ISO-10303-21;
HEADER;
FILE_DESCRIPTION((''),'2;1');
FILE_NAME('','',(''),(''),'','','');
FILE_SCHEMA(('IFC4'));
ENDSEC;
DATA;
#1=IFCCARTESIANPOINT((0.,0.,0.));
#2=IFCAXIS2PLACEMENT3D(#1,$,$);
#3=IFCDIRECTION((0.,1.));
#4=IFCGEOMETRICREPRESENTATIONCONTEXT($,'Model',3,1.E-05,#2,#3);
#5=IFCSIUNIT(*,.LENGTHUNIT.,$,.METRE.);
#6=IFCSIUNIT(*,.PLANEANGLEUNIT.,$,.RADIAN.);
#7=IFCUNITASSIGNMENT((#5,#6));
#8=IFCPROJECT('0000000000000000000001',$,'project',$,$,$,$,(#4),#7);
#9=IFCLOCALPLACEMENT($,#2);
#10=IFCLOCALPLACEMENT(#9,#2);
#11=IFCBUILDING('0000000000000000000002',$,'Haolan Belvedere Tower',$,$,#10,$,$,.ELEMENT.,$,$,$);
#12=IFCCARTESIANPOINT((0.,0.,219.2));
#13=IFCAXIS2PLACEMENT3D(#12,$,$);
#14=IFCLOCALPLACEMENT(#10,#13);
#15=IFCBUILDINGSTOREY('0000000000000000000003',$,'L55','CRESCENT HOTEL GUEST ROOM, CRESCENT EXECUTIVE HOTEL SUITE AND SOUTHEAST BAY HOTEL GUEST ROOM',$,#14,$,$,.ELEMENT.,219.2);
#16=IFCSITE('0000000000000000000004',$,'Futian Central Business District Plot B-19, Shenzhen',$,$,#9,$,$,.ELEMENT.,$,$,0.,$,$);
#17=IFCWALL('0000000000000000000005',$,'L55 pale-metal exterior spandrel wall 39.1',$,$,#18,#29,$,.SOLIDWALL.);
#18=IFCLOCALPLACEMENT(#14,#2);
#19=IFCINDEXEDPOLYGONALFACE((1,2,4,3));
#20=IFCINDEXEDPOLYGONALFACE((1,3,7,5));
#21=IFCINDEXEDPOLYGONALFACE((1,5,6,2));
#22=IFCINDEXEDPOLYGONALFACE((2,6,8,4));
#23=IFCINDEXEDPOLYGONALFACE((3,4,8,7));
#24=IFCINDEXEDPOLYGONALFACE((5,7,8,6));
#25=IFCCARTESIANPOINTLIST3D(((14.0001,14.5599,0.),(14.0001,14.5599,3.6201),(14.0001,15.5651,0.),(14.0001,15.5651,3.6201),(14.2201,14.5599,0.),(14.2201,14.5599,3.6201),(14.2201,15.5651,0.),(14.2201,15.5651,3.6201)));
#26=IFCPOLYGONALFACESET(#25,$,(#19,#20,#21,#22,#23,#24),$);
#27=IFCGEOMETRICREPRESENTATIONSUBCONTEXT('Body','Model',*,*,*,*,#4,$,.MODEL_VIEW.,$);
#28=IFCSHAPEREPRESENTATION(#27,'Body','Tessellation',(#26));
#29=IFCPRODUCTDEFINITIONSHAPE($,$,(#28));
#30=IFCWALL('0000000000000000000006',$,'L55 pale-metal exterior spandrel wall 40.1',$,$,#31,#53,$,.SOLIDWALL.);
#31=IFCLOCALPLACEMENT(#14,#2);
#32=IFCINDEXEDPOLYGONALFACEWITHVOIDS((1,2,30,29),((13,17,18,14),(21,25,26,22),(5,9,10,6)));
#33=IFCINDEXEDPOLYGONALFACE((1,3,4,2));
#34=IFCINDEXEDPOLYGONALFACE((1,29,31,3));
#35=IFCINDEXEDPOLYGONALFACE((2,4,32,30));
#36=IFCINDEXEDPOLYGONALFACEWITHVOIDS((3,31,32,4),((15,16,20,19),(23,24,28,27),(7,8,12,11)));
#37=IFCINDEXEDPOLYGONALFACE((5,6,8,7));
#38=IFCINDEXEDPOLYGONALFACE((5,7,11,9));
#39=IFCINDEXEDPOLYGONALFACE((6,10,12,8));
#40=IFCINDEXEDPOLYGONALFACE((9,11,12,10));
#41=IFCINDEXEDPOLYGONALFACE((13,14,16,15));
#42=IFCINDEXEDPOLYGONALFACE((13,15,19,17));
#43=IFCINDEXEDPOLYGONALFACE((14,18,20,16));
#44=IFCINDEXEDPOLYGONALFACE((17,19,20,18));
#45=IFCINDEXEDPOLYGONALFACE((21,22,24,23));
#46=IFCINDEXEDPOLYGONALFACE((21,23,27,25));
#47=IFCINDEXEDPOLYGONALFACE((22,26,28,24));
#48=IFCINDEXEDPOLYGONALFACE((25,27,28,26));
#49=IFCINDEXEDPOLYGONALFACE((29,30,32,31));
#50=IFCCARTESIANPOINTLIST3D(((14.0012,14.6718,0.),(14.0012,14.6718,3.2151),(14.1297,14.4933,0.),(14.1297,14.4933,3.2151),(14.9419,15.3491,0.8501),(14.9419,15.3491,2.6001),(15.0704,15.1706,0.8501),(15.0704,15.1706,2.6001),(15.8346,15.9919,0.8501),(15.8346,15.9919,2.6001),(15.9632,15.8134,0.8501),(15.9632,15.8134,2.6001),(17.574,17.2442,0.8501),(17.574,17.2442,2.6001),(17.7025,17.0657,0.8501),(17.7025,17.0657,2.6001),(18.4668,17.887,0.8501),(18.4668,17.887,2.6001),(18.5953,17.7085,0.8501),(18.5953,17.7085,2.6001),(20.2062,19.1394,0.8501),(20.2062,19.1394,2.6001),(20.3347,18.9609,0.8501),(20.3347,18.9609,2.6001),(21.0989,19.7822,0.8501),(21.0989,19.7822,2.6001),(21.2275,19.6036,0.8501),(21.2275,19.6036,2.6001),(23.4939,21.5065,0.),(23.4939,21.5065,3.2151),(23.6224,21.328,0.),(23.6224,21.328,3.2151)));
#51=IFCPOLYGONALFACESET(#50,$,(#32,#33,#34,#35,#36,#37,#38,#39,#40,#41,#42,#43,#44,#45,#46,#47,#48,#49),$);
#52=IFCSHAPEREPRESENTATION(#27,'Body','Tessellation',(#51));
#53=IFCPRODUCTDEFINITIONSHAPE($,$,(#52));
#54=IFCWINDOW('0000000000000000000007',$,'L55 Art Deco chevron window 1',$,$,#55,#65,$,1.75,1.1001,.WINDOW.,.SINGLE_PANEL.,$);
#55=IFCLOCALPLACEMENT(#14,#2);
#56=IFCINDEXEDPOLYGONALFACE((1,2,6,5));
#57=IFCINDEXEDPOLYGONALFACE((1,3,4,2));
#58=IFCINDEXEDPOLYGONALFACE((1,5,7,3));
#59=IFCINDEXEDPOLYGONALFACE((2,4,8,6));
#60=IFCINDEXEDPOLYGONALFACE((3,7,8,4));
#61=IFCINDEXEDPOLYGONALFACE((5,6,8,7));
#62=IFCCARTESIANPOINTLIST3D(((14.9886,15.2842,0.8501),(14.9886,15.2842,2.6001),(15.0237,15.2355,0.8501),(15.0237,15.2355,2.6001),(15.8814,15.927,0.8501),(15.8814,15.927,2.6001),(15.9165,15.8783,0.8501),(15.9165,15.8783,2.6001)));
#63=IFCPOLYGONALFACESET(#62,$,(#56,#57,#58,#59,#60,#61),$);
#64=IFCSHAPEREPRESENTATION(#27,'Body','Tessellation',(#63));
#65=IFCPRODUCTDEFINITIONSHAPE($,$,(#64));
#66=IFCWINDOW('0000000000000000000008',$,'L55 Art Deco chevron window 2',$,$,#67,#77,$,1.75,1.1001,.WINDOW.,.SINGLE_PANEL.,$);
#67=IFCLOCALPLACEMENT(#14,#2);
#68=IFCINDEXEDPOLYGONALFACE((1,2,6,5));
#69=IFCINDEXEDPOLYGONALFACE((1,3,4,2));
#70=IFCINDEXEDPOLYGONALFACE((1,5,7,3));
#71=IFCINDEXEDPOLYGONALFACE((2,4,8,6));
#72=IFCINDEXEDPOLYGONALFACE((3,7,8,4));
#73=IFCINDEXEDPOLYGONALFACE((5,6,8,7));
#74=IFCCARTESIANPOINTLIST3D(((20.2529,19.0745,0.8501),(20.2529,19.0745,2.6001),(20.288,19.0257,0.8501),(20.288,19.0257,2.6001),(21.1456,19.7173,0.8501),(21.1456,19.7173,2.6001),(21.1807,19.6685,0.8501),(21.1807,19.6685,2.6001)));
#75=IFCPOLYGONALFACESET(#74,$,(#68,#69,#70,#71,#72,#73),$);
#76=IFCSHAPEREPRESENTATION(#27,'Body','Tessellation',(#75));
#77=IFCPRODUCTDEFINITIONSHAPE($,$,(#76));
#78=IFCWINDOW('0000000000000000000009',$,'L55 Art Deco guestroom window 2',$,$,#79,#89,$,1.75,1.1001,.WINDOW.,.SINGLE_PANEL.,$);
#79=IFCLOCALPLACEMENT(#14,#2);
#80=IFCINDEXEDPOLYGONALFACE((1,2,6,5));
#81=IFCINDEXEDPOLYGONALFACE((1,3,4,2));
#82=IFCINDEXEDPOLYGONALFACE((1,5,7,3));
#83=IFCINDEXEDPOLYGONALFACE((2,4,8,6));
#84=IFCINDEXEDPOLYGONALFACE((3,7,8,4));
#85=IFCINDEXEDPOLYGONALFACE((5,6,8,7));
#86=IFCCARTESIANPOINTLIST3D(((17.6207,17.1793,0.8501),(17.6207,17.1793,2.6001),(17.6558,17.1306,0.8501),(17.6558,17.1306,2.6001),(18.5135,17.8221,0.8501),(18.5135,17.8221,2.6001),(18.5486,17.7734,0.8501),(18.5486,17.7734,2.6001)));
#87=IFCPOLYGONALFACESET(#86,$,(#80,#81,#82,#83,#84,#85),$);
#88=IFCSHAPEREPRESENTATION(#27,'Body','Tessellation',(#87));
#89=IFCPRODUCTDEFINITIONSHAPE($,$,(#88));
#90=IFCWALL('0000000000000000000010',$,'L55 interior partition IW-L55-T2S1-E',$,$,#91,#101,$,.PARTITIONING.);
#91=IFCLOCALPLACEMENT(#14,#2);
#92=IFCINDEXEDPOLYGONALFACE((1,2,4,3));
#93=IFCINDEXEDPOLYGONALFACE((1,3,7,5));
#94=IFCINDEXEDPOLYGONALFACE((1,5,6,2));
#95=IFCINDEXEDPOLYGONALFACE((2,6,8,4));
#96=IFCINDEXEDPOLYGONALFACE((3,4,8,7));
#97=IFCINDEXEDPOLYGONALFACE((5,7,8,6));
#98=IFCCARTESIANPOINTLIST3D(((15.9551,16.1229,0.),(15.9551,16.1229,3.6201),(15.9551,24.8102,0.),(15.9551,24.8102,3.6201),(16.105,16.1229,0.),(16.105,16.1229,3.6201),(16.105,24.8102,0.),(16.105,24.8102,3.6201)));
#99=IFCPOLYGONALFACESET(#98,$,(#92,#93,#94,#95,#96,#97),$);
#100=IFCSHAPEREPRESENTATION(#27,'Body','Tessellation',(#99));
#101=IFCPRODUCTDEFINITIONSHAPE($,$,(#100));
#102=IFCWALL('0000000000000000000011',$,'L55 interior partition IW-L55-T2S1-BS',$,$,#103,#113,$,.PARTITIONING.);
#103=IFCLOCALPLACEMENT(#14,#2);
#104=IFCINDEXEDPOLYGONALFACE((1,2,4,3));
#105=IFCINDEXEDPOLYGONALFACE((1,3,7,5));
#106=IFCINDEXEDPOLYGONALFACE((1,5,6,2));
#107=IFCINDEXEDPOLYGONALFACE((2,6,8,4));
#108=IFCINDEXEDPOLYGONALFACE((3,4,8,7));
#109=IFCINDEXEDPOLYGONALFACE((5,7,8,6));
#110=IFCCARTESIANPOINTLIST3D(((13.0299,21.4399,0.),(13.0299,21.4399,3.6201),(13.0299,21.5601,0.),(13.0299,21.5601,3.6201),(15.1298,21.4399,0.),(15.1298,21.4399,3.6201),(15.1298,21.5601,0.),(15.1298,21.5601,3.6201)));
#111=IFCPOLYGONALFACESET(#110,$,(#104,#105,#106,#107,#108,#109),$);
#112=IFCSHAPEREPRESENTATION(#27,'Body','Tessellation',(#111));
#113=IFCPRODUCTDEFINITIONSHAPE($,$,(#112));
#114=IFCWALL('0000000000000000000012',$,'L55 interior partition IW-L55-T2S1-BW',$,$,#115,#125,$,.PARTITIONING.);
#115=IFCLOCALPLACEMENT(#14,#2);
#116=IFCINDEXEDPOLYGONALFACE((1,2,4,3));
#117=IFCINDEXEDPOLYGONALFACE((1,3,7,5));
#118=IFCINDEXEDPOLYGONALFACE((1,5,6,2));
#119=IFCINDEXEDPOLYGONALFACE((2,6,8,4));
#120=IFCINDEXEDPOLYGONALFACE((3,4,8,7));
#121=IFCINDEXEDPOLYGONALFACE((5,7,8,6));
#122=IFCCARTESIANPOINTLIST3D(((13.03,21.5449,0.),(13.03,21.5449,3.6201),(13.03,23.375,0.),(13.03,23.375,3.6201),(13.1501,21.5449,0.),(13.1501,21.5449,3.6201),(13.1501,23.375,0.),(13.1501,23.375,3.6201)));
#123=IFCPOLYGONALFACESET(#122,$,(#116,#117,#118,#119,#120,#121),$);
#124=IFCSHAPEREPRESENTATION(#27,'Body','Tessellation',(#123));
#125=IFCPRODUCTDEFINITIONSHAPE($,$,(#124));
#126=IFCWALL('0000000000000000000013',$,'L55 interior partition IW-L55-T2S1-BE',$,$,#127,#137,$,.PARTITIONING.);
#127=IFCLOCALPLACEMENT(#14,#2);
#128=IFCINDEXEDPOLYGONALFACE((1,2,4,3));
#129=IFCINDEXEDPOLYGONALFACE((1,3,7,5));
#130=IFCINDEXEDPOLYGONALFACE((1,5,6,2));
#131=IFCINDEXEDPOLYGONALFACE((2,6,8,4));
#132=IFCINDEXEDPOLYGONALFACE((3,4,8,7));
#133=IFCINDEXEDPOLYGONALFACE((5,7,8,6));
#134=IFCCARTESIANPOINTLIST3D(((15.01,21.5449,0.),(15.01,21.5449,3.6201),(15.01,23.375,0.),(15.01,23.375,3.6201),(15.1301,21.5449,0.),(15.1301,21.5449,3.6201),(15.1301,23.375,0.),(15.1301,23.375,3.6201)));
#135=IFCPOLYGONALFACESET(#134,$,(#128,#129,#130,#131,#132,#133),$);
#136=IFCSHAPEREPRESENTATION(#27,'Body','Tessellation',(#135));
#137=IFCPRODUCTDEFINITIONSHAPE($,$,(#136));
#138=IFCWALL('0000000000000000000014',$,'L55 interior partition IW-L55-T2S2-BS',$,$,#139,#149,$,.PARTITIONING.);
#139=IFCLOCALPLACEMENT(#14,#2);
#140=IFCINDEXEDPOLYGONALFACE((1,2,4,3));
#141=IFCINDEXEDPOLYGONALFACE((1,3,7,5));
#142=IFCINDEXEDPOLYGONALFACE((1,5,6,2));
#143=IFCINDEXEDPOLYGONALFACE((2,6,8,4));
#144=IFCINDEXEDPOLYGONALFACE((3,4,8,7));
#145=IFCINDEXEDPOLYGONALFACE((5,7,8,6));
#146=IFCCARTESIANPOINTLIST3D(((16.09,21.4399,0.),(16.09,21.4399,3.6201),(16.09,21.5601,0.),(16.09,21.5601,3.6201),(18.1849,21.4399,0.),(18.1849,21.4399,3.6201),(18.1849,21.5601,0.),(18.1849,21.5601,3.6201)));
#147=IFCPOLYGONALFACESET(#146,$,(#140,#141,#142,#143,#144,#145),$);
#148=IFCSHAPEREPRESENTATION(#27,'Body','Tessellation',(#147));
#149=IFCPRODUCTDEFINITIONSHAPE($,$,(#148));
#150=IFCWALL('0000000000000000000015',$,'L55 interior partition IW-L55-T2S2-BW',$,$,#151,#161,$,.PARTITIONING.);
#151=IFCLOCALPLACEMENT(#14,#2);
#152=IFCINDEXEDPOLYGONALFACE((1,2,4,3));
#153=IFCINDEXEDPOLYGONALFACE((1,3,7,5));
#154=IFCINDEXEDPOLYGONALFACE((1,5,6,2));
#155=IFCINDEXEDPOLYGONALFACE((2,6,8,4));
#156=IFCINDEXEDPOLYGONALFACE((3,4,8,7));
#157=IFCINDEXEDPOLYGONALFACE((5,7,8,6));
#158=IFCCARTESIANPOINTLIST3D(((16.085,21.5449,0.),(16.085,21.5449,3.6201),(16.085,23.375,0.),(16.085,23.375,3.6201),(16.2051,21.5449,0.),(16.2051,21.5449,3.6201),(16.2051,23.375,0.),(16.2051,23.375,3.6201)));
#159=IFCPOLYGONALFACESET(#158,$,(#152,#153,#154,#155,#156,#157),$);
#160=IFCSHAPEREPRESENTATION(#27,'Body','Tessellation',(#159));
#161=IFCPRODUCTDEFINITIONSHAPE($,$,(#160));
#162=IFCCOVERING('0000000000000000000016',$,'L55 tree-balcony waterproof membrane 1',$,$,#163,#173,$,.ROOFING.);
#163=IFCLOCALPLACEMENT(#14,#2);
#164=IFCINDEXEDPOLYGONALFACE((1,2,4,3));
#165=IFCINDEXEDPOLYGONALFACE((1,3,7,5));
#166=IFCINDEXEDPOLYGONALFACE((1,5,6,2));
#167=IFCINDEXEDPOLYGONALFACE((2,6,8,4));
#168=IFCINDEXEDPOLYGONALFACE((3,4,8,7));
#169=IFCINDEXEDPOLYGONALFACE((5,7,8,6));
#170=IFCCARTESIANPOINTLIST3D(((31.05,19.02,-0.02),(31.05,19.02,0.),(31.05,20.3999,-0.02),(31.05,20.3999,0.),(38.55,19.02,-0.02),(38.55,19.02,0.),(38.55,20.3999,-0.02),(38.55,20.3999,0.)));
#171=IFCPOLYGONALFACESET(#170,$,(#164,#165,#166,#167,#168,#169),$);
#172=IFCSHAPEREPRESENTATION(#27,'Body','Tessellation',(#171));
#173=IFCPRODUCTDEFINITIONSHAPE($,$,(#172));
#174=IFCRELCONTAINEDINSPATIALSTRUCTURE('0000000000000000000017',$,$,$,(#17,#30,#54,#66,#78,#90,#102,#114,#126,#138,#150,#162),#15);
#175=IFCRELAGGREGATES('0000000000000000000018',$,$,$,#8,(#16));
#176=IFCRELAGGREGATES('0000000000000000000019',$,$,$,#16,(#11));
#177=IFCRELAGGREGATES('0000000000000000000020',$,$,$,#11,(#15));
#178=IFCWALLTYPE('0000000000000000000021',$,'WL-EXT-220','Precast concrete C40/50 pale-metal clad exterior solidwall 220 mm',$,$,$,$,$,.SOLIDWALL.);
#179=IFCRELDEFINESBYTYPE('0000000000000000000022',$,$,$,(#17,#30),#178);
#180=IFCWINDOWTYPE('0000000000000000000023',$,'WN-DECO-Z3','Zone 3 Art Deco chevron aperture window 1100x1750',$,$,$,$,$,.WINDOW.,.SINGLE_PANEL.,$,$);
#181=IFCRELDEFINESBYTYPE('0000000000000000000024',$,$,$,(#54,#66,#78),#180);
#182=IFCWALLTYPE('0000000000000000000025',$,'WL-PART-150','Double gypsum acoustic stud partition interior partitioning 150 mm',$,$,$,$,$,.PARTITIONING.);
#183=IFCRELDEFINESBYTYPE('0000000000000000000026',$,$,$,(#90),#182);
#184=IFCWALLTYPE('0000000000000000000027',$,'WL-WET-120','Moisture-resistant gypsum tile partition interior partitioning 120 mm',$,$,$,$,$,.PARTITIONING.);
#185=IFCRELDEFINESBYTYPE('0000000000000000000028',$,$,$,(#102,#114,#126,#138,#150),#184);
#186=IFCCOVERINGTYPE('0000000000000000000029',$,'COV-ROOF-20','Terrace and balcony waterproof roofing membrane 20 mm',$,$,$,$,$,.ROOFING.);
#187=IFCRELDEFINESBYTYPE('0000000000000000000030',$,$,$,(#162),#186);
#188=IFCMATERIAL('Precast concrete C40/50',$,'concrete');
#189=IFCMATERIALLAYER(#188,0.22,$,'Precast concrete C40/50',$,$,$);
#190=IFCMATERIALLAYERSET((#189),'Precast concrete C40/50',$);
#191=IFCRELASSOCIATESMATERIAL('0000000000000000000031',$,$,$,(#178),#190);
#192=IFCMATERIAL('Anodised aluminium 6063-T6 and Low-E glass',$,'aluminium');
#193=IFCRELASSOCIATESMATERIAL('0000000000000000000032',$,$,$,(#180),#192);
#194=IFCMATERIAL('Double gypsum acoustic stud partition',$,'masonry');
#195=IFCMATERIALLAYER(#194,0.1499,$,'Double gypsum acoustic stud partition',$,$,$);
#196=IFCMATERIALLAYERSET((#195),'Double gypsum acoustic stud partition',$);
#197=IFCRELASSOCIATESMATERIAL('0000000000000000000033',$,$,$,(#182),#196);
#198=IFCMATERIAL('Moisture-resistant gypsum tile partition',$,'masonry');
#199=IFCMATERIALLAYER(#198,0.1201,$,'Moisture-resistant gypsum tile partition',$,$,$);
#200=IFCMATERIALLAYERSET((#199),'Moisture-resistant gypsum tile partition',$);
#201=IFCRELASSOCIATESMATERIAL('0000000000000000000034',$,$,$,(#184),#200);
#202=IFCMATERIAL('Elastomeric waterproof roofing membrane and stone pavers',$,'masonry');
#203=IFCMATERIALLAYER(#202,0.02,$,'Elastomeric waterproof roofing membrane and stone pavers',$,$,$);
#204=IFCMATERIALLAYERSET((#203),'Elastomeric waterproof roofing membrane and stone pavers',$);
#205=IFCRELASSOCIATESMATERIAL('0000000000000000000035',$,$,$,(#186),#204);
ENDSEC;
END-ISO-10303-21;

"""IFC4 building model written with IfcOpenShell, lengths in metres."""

from ifc_helpers import new_model, si_unit, direction, frame, frame_2d, origin, place, context, subcontext, project, spatial, polyline, rectangle, outline, extrude, material, layer, layer_set, type_object, element, fill, save


model = new_model("IFC4")

# Units and contexts
model_context = context("Model", 3, precision=1e-05, world=origin(), true_north=direction((0.0, 1.0)))
body_context = subcontext(model_context, "Body", "Model", "MODEL_VIEW")
ifc_project = project(units=[si_unit("LENGTHUNIT", "METRE"), si_unit("PLANEANGLEUNIT", "RADIAN")], contexts=[model_context])

# Site, building, storey
site_placement = place(None, origin())
site = spatial("IfcSite", under=ifc_project, at=site_placement, Name="Futian Central Business District Plot B-19, Shenzhen", CompositionType="ELEMENT", RefElevation=0.0)
building_placement = place(site_placement, origin())
building = spatial("IfcBuilding", under=site, at=building_placement, Name="Haolan Belvedere Tower", CompositionType="ELEMENT")
storey_placement = place(building_placement, frame((0.0, 0.0, 219.2)))
storey = spatial("IfcBuildingStorey", under=building, at=storey_placement, Name="L55", Description="CRESCENT HOTEL GUEST ROOM, CRESCENT EXECUTIVE HOTEL SUITE AND SOUTHEAST BAY HOTEL GUEST ROOM", CompositionType="ELEMENT", Elevation=219.2)

# Wall
ifc_material_1 = material(Name="Precast concrete C40/50", Category="concrete")
ifc_layer_1 = layer(ifc_material_1, 0.22, Name="Precast concrete C40/50")
ifc_layer_set_1 = layer_set([ifc_layer_1], Name="Precast concrete C40/50")
wall_type_1 = type_object("IfcWallType", Name="WL-EXT-220", Description="Precast concrete C40/50 pale-metal clad exterior solidwall 220 mm", PredefinedType="SOLIDWALL", material=ifc_layer_set_1)
wall_1_placement = place(storey_placement, frame((14.1101, 15.5649, 0.0), z_axis=(0.0, 0.0, 1.0), x_axis=(0.0, -1.0, 0.0)))
element("IfcWall", 1, at=wall_1_placement, inside=storey, type_object=wall_type_1, Name="L55 pale-metal exterior spandrel wall 39.1", PredefinedType="SOLIDWALL", context=body_context, shape_type="SweptSolid", body=[
    extrude(rectangle(XDim=1.0051, YDim=0.22, at=frame_2d((0.5024, 0.0))), origin(), (0.0, 0.0, 1.0), 3.6201),
])

# Wall, openings, windows
wall_2_placement = place(storey_placement, frame((14.0654, 14.5825, 0.0), z_axis=(0.0, 0.0, 1.0), x_axis=(0.811535, 0.584304, 0.0)))
wall_2 = element("IfcWall", 2, at=wall_2_placement, inside=storey, type_object=wall_type_1, Name="L55 pale-metal exterior spandrel wall 40.1", PredefinedType="SOLIDWALL", context=body_context, shape_type="SweptSolid", body=[
    extrude(rectangle(XDim=11.6973, YDim=0.22, at=frame_2d((5.8486, 0.0))), origin(), (0.0, 0.0, 1.0), 3.2151),
])
opening_1_placement = place(wall_2_placement, frame((1.1592, 0.0, 0.8501)))
opening_1 = element("IfcOpeningElement", 3, at=opening_1_placement, cuts=wall_2, PredefinedType="OPENING", context=body_context, shape_type="SweptSolid", body=[
    extrude(rectangle(XDim=1.1001, YDim=1.75, at=frame_2d((0.55, 0.875))), frame((0.0, 0.1199, 0.0), z_axis=(0.0, -1.0, 0.0), x_axis=(1.0, 0.0, 0.0)), (0.0, 0.0, 1.0), 0.24),
])
opening_2_placement = place(wall_2_placement, frame((7.646, 0.0, 0.8501)))
opening_2 = element("IfcOpeningElement", 4, at=opening_2_placement, cuts=wall_2, PredefinedType="OPENING", context=body_context, shape_type="SweptSolid", body=[
    extrude(rectangle(XDim=1.1001, YDim=1.75, at=frame_2d((0.55, 0.875))), frame((0.0, 0.1199, 0.0), z_axis=(0.0, -1.0, 0.0), x_axis=(1.0, 0.0, 0.0)), (0.0, 0.0, 1.0), 0.24),
])
opening_3_placement = place(wall_2_placement, frame((4.4026, 0.0, 0.8501)))
opening_3 = element("IfcOpeningElement", 5, at=opening_3_placement, cuts=wall_2, PredefinedType="OPENING", context=body_context, shape_type="SweptSolid", body=[
    extrude(rectangle(XDim=1.1001, YDim=1.75, at=frame_2d((0.55, 0.875))), frame((0.0, 0.1199, 0.0), z_axis=(0.0, -1.0, 0.0), x_axis=(1.0, 0.0, 0.0)), (0.0, 0.0, 1.0), 0.24),
])
ifc_material_2 = material(Name="Anodised aluminium 6063-T6 and Low-E glass", Category="aluminium")
window_type = type_object("IfcWindowType", Name="WN-DECO-Z3", Description="Zone 3 Art Deco chevron aperture window 1100x1750", PartitioningType="SINGLE_PANEL", PredefinedType="WINDOW", material=ifc_material_2)
window_1_placement = place(opening_1_placement, origin())
window_1 = element("IfcWindow", 6, at=window_1_placement, inside=storey, type_object=window_type, Name="L55 Art Deco chevron window 1", OverallHeight=1.75, OverallWidth=1.1001, PartitioningType="SINGLE_PANEL", PredefinedType="WINDOW", context=body_context, shape_type="SweptSolid", body=[
    extrude(rectangle(XDim=1.1001, YDim=1.75, at=frame_2d((0.55, 0.875))), frame((0.0, 0.03, 0.0), z_axis=(0.0, -1.0, 0.0), x_axis=(1.0, 0.0, 0.0)), (0.0, 0.0, 1.0), 0.0601),
])
fill(opening_1, window_1)
window_2_placement = place(opening_2_placement, origin())
window_2 = element("IfcWindow", 7, at=window_2_placement, inside=storey, type_object=window_type, Name="L55 Art Deco chevron window 2", OverallHeight=1.75, OverallWidth=1.1001, PartitioningType="SINGLE_PANEL", PredefinedType="WINDOW", context=body_context, shape_type="SweptSolid", body=[
    extrude(rectangle(XDim=1.1001, YDim=1.75, at=frame_2d((0.55, 0.875))), frame((0.0, 0.03, 0.0), z_axis=(0.0, -1.0, 0.0), x_axis=(1.0, 0.0, 0.0)), (0.0, 0.0, 1.0), 0.0601),
])
fill(opening_2, window_2)
window_3_placement = place(opening_3_placement, origin())
window_3 = element("IfcWindow", 8, at=window_3_placement, inside=storey, type_object=window_type, Name="L55 Art Deco guestroom window 2", OverallHeight=1.75, OverallWidth=1.1001, PartitioningType="SINGLE_PANEL", PredefinedType="WINDOW", context=body_context, shape_type="SweptSolid", body=[
    extrude(rectangle(XDim=1.1001, YDim=1.75, at=frame_2d((0.55, 0.875))), frame((0.0, 0.03, 0.0), z_axis=(0.0, -1.0, 0.0), x_axis=(1.0, 0.0, 0.0)), (0.0, 0.0, 1.0), 0.0601),
])
fill(opening_3, window_3)

# Walls
ifc_material_3 = material(Name="Double gypsum acoustic stud partition", Category="masonry")
ifc_layer_2 = layer(ifc_material_3, 0.1499, Name="Double gypsum acoustic stud partition")
ifc_layer_set_2 = layer_set([ifc_layer_2], Name="Double gypsum acoustic stud partition")
wall_type_2 = type_object("IfcWallType", Name="WL-PART-150", Description="Double gypsum acoustic stud partition interior partitioning 150 mm", PredefinedType="PARTITIONING", material=ifc_layer_set_2)
wall_3_placement = place(storey_placement, frame((16.03, 16.1228, 0.0), z_axis=(0.0, 0.0, 1.0), x_axis=(0.0, 1.0, 0.0)))
element("IfcWall", 9, at=wall_3_placement, inside=storey, type_object=wall_type_2, Name="L55 interior partition IW-L55-T2S1-E", PredefinedType="PARTITIONING", context=body_context, shape_type="SweptSolid", body=[
    extrude(rectangle(XDim=8.6873, YDim=0.1499, at=frame_2d((4.3438, 0.0))), origin(), (0.0, 0.0, 1.0), 3.6201),
])
ifc_material_4 = material(Name="Moisture-resistant gypsum tile partition", Category="masonry")
ifc_layer_3 = layer(ifc_material_4, 0.1201, Name="Moisture-resistant gypsum tile partition")
ifc_layer_set_3 = layer_set([ifc_layer_3], Name="Moisture-resistant gypsum tile partition")
wall_type_3 = type_object("IfcWallType", Name="WL-WET-120", Description="Moisture-resistant gypsum tile partition interior partitioning 120 mm", PredefinedType="PARTITIONING", material=ifc_layer_set_3)
wall_4_placement = place(storey_placement, frame((13.03, 21.5, 0.0), z_axis=(0.0, 0.0, 1.0), x_axis=(1.0, 0.0, 0.0)))
element("IfcWall", 10, at=wall_4_placement, inside=storey, type_object=wall_type_3, Name="L55 interior partition IW-L55-T2S1-BS", PredefinedType="PARTITIONING", context=body_context, shape_type="SweptSolid", body=[
    extrude(rectangle(XDim=2.0999, YDim=0.1201, at=frame_2d((1.0498, 0.0))), origin(), (0.0, 0.0, 1.0), 3.6201),
])
for number, where, z_axis, x_axis, name in (
    (11, (13.0901, 21.5449, 0.0), (0.0, 0.0, 1.0), (0.0, 1.0, 0.0), "L55 interior partition IW-L55-T2S1-BW"),
    (12, (15.0701, 21.5449, 0.0), (0.0, 0.0, 1.0), (0.0, 1.0, 0.0), "L55 interior partition IW-L55-T2S1-BE"),
):
    element("IfcWall", number, at=place(storey_placement, frame(where, z_axis=z_axis, x_axis=x_axis)), inside=storey, type_object=wall_type_3, Name=name, PredefinedType="PARTITIONING", context=body_context, shape_type="SweptSolid", body=[
        extrude(rectangle(XDim=1.8301, YDim=0.1201, at=frame_2d((0.915, 0.0))), origin(), (0.0, 0.0, 1.0), 3.6201),
    ])
wall_5_placement = place(storey_placement, frame((16.0901, 21.5, 0.0), z_axis=(0.0, 0.0, 1.0), x_axis=(1.0, 0.0, 0.0)))
element("IfcWall", 13, at=wall_5_placement, inside=storey, type_object=wall_type_3, Name="L55 interior partition IW-L55-T2S2-BS", PredefinedType="PARTITIONING", context=body_context, shape_type="SweptSolid", body=[
    extrude(rectangle(XDim=2.095, YDim=0.1201, at=frame_2d((1.0474, 0.0))), origin(), (0.0, 0.0, 1.0), 3.6201),
])
wall_6_placement = place(storey_placement, frame((16.145, 21.5449, 0.0), z_axis=(0.0, 0.0, 1.0), x_axis=(0.0, 1.0, 0.0)))
element("IfcWall", 14, at=wall_6_placement, inside=storey, type_object=wall_type_3, Name="L55 interior partition IW-L55-T2S2-BW", PredefinedType="PARTITIONING", context=body_context, shape_type="SweptSolid", body=[
    extrude(rectangle(XDim=1.8301, YDim=0.1201, at=frame_2d((0.915, 0.0))), origin(), (0.0, 0.0, 1.0), 3.6201),
])

# Covering
ifc_material_5 = material(Name="Elastomeric waterproof roofing membrane and stone pavers", Category="masonry")
ifc_layer_4 = layer(ifc_material_5, 0.02, Name="Elastomeric waterproof roofing membrane and stone pavers")
ifc_layer_set_4 = layer_set([ifc_layer_4], Name="Elastomeric waterproof roofing membrane and stone pavers")
covering_type = type_object("IfcCoveringType", Name="COV-ROOF-20", Description="Terrace and balcony waterproof roofing membrane 20 mm", PredefinedType="ROOFING", material=ifc_layer_set_4)
covering_placement = place(storey_placement, frame((0.0, 0.0, -0.02)))
element("IfcCovering", 15, at=covering_placement, inside=storey, type_object=covering_type, Name="L55 tree-balcony waterproof membrane 1", PredefinedType="ROOFING", context=body_context, shape_type="SweptSolid", body=[
    extrude(outline(polyline([(31.05, 19.02), (38.55, 19.02), (38.55, 20.3999), (31.05, 20.3999), (31.05, 19.02)])), origin(), (0.0, 0.0, 1.0), 0.02),
])

save(model, "model.ifc")
